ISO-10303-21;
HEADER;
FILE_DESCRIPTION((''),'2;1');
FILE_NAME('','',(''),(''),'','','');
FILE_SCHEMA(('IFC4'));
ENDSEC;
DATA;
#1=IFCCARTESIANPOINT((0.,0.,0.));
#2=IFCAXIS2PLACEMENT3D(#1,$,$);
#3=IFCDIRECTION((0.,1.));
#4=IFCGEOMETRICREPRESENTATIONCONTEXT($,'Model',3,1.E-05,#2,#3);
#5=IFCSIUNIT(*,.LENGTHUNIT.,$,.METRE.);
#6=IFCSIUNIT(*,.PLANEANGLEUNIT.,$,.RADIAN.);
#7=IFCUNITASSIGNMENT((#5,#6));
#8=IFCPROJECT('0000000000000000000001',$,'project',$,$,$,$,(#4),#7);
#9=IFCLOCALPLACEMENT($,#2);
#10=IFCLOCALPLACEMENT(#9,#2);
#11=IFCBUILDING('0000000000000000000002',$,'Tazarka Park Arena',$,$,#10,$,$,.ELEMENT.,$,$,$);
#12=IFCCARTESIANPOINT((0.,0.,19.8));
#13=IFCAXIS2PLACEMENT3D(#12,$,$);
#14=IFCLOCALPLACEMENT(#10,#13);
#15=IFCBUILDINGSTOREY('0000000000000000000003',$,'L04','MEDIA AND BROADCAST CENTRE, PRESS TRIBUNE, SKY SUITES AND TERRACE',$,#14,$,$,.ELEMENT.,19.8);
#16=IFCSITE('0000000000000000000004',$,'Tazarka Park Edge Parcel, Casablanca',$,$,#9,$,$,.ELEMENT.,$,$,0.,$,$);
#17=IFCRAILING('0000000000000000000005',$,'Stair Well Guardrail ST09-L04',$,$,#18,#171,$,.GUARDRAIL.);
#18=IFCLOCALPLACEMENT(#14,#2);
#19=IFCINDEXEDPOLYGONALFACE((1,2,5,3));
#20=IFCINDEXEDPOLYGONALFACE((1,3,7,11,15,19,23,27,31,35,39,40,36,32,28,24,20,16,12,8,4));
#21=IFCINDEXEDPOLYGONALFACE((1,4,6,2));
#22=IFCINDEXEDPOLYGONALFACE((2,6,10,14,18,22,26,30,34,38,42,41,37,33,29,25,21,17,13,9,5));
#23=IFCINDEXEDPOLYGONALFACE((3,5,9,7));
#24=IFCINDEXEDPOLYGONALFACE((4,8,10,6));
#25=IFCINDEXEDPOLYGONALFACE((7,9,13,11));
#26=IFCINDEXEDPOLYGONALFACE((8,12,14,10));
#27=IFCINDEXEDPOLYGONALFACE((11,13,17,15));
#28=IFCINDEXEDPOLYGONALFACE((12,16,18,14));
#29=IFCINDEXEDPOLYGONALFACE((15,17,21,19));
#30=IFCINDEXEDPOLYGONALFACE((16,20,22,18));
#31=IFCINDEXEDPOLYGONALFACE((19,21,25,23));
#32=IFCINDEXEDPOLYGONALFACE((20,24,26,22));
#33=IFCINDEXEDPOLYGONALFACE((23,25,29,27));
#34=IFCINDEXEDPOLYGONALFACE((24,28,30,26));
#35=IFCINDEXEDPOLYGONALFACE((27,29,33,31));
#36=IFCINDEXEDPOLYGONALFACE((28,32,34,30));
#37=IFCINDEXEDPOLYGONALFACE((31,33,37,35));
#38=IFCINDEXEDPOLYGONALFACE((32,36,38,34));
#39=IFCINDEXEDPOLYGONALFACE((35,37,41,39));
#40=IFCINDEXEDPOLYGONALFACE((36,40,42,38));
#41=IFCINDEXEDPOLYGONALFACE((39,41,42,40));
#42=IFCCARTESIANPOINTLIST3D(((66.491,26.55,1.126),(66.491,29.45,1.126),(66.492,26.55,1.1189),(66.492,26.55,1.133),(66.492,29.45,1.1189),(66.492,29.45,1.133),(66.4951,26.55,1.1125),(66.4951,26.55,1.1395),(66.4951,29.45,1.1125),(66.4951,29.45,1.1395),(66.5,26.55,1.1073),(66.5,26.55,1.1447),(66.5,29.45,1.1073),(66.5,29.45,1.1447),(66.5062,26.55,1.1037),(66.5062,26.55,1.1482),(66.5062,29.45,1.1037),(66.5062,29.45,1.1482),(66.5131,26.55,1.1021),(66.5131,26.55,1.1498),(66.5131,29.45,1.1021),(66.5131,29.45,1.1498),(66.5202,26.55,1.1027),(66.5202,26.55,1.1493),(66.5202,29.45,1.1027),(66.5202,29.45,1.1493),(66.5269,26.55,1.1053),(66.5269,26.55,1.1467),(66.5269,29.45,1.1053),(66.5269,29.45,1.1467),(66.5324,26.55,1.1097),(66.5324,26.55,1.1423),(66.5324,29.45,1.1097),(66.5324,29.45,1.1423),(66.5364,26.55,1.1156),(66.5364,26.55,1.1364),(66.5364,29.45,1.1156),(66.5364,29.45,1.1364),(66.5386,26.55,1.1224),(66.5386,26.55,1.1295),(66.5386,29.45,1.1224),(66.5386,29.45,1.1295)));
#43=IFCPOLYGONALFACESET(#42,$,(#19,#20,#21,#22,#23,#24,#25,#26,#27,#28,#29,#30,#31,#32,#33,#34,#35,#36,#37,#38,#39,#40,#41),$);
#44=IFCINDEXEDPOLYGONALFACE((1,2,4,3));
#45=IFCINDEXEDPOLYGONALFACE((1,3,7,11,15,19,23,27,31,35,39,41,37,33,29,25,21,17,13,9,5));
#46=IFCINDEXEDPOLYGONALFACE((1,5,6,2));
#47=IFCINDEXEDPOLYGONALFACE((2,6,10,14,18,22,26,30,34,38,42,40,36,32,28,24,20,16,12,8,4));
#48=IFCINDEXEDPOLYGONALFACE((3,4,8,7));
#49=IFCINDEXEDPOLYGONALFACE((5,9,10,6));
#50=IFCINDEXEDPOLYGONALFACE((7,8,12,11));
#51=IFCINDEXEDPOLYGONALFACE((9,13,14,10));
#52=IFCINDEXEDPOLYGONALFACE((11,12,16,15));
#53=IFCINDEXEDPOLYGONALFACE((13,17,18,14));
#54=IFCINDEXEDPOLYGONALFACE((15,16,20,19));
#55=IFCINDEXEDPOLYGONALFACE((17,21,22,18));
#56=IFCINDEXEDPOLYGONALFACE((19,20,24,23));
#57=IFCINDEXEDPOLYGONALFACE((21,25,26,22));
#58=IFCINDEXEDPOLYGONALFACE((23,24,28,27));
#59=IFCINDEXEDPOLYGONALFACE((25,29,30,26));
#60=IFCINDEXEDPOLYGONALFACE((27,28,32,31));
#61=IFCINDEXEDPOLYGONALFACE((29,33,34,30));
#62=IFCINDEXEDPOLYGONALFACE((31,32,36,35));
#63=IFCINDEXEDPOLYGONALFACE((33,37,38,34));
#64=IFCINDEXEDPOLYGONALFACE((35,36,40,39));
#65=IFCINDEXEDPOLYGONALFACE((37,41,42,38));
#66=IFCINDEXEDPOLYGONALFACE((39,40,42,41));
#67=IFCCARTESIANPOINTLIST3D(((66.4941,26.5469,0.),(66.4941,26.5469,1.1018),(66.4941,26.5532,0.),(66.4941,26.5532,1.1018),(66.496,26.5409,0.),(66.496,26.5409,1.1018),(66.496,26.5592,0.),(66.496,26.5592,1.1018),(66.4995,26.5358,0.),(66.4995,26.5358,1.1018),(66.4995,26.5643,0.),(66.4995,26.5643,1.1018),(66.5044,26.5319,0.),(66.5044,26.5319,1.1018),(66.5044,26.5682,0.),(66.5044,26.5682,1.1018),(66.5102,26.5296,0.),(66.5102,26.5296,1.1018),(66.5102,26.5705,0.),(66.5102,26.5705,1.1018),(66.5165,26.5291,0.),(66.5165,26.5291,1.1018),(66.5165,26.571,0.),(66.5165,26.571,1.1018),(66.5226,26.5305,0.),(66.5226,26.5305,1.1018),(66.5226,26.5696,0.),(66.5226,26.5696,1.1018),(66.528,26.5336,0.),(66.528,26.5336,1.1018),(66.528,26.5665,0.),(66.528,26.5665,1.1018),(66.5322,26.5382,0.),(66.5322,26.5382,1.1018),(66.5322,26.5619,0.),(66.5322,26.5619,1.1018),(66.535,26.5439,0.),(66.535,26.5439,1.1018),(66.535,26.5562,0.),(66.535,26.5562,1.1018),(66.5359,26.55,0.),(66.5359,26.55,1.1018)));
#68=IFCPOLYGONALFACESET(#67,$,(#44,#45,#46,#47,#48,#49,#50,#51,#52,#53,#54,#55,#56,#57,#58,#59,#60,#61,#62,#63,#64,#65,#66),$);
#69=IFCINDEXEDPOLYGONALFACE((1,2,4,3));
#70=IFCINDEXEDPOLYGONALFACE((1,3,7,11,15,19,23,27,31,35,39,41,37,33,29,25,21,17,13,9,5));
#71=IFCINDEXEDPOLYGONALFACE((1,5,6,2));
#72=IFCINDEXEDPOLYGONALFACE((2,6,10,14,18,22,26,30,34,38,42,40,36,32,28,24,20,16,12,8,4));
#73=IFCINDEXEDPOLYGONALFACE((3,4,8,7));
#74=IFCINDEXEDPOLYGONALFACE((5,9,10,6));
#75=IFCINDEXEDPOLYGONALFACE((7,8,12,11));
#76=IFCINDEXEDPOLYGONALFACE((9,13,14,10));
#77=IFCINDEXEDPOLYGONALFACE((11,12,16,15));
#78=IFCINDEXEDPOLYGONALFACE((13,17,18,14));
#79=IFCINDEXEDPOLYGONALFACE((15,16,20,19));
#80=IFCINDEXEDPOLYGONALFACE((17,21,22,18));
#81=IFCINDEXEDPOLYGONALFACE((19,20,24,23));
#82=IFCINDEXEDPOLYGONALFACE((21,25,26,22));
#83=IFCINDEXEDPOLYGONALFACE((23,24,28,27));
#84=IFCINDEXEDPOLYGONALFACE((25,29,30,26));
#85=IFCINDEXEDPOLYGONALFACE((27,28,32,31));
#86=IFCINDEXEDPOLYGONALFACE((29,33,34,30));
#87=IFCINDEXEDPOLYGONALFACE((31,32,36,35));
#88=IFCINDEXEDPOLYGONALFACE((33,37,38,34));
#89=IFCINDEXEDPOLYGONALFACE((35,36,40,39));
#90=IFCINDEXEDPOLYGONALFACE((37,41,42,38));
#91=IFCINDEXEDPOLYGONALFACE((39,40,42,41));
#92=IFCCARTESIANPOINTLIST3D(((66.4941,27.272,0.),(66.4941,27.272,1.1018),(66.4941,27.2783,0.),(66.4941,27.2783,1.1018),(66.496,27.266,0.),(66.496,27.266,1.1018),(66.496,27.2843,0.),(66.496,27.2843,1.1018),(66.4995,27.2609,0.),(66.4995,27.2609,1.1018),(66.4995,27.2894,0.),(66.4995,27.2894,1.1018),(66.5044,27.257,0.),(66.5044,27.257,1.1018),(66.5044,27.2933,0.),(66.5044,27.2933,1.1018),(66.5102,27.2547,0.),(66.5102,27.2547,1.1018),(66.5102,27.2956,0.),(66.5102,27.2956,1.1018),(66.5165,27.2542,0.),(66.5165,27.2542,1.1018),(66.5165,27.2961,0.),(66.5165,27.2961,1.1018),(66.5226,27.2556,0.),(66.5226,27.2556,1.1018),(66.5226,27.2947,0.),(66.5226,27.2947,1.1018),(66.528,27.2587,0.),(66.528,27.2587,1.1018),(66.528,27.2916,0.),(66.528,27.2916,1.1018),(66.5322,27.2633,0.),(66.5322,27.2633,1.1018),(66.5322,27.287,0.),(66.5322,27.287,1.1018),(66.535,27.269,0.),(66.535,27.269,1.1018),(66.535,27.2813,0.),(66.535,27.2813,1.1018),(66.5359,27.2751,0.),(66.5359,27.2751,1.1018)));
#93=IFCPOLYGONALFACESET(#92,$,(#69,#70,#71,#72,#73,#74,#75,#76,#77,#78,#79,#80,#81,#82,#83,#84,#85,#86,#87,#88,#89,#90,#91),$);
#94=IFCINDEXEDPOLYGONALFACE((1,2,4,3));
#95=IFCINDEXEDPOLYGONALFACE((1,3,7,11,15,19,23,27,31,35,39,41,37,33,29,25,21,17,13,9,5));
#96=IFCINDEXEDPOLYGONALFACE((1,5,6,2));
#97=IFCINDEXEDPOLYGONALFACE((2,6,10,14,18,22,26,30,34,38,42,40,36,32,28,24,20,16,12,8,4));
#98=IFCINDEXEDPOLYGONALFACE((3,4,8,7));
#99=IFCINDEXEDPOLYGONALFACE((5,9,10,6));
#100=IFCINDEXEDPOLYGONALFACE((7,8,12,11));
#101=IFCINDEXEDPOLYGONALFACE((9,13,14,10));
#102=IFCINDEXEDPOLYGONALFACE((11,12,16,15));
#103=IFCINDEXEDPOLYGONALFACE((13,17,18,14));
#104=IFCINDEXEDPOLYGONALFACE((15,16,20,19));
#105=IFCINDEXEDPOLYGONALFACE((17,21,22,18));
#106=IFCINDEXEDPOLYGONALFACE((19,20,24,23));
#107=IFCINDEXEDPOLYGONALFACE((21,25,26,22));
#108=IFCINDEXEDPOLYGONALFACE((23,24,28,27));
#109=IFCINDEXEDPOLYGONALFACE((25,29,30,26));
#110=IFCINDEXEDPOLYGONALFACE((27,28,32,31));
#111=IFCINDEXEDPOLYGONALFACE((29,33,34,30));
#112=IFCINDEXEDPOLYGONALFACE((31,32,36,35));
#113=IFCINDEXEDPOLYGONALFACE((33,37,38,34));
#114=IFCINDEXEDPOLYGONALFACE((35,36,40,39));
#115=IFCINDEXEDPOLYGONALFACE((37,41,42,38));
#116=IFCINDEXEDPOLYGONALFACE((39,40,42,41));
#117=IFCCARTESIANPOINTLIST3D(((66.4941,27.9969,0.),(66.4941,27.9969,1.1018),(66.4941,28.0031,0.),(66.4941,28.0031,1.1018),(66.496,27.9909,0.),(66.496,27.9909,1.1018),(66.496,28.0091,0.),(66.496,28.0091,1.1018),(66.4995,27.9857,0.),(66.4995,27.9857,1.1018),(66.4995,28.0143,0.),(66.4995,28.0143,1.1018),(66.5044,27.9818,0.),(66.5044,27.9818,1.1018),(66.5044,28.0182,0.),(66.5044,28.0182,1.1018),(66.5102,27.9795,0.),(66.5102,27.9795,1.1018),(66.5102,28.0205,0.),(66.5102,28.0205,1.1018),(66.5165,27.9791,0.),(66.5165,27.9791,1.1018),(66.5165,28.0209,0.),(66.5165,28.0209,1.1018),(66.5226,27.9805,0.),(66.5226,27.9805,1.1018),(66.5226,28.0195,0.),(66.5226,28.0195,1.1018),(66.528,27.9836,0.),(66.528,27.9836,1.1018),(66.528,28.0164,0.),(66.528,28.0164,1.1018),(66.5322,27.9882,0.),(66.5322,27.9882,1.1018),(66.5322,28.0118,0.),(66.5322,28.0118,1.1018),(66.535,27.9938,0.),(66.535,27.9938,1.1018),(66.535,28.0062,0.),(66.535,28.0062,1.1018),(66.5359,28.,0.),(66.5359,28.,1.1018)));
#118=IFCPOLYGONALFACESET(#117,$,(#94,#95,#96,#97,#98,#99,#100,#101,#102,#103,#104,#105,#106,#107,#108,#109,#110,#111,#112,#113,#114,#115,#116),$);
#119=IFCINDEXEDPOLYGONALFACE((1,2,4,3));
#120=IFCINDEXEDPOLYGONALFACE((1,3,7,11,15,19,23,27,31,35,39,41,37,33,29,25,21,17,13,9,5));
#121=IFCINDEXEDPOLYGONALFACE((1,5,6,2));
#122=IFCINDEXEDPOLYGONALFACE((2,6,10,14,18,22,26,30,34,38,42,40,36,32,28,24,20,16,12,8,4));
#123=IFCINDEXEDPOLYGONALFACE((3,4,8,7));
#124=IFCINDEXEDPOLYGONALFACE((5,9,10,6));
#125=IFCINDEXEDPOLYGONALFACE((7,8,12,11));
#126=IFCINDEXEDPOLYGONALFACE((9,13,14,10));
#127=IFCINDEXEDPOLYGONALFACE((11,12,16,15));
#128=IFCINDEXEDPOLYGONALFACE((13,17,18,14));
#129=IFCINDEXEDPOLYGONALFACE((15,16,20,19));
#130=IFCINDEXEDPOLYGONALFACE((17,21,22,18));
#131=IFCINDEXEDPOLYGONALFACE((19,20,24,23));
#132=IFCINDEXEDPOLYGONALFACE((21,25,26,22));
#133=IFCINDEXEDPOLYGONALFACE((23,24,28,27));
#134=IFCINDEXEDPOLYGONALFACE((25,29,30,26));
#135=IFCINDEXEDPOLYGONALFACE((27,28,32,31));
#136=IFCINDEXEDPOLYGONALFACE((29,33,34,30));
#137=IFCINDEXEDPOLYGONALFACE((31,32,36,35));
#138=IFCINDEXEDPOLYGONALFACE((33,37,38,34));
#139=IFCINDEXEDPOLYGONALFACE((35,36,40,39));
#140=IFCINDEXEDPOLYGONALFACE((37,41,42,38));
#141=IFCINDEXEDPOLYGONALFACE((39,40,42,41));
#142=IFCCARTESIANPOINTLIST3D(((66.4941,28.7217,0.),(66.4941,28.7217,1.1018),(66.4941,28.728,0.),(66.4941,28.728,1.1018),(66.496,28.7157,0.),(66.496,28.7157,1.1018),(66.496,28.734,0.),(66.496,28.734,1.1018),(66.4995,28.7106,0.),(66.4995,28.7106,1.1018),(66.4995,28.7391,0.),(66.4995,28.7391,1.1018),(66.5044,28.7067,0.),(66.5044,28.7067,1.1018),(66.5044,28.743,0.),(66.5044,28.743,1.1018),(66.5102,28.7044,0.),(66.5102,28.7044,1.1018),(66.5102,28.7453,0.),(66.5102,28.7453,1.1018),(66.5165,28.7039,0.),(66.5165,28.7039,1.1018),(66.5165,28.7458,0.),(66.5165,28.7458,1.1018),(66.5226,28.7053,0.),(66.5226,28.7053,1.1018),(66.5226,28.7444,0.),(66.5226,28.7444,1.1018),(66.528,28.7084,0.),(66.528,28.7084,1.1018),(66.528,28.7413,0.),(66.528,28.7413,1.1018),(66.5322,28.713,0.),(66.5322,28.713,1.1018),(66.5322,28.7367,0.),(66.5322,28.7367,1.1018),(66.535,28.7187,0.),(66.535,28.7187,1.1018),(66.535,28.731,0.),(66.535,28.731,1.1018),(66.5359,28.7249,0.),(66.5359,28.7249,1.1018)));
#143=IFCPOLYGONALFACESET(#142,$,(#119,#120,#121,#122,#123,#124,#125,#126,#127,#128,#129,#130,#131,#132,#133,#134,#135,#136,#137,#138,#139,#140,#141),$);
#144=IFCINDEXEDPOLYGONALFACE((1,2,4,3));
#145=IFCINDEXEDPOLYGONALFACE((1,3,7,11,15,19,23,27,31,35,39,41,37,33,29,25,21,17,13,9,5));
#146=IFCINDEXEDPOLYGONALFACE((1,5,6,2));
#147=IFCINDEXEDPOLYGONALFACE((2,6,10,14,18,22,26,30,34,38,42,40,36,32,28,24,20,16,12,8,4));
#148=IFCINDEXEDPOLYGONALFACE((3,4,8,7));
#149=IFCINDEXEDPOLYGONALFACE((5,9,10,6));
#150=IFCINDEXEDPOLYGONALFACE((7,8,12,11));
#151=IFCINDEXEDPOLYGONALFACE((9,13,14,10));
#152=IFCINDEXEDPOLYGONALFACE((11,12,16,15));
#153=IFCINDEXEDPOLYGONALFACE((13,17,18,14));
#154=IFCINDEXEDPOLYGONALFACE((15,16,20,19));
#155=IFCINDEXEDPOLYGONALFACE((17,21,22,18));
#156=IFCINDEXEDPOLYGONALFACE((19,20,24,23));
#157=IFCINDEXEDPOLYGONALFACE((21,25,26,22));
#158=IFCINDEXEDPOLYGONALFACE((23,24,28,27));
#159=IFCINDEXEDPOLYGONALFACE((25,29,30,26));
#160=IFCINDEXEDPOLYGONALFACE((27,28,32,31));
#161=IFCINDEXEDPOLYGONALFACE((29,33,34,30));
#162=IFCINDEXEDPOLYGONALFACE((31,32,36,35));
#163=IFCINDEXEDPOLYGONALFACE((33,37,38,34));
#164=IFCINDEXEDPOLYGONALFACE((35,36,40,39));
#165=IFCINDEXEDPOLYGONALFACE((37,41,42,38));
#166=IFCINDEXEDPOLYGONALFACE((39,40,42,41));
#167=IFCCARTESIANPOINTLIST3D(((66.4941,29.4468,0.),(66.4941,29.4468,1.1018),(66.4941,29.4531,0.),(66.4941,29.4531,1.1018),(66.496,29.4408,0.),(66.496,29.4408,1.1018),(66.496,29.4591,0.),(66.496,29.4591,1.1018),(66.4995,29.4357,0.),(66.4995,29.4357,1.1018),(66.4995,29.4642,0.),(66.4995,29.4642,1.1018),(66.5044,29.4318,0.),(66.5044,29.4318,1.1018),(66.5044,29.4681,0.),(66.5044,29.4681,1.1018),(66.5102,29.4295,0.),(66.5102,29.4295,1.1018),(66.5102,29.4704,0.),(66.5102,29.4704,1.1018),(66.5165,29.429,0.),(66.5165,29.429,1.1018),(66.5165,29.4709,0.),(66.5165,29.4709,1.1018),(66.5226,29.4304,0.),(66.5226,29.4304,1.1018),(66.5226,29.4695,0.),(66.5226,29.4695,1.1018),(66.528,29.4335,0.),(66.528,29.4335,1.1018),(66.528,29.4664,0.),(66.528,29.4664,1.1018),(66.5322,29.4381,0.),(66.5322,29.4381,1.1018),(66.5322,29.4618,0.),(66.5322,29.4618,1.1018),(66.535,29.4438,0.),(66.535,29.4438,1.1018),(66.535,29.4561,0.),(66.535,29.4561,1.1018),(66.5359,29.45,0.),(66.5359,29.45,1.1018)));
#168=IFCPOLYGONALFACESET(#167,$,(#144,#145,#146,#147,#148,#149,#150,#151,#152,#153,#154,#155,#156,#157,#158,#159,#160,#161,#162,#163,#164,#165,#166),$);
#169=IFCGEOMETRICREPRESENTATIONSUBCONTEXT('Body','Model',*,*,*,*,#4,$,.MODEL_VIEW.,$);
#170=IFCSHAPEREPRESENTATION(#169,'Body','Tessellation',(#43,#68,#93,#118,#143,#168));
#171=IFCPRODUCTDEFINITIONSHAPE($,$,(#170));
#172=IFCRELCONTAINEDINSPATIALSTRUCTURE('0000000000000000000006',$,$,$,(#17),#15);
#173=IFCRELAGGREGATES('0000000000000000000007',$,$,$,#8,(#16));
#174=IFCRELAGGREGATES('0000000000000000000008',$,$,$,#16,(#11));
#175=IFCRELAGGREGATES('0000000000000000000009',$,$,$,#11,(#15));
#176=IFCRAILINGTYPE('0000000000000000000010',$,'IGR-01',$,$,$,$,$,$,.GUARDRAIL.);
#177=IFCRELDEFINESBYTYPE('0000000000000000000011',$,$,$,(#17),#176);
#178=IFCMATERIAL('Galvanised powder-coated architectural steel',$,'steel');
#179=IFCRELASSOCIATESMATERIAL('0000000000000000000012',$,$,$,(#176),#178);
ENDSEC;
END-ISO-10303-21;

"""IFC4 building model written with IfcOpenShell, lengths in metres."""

from ifc_helpers import new_model, si_unit, direction, frame, origin, origin_2d, place, context, subcontext, project, spatial, circle, extrude, material, type_object, element, save


model = new_model("IFC4")

# Units and contexts
model_context = context("Model", 3, precision=1e-05, world=origin(), true_north=direction((0.0, 1.0)))
body_context = subcontext(model_context, "Body", "Model", "MODEL_VIEW")
ifc_project = project(units=[si_unit("LENGTHUNIT", "METRE"), si_unit("PLANEANGLEUNIT", "RADIAN")], contexts=[model_context])

# Site, building, storey
site_placement = place(None, origin())
site = spatial("IfcSite", under=ifc_project, at=site_placement, Name="Tazarka Park Edge Parcel, Casablanca", CompositionType="ELEMENT", RefElevation=0.0)
building_placement = place(site_placement, origin())
building = spatial("IfcBuilding", under=site, at=building_placement, Name="Tazarka Park Arena", CompositionType="ELEMENT")
storey_placement = place(building_placement, frame((0.0, 0.0, 19.8)))
storey = spatial("IfcBuildingStorey", under=building, at=storey_placement, Name="L04", Description="MEDIA AND BROADCAST CENTRE, PRESS TRIBUNE, SKY SUITES AND TERRACE", CompositionType="ELEMENT", Elevation=19.8)

# Railing
ifc_material_1 = material(Name="Galvanised powder-coated architectural steel", Category="steel")
railing_type_1 = type_object("IfcRailingType", Name="IGR-01", PredefinedType="GUARDRAIL", material=ifc_material_1)
for number, where, name in (
    (1, (66.5149, 26.55, 0.0), "Stair Well Guardrail ST09-L04"),
):
    element("IfcRailing", number, at=place(storey_placement, frame(where)), inside=storey, type_object=railing_type_1, Name=name, PredefinedType="GUARDRAIL", context=body_context, shape_type="SweptSolid", body=[
        extrude(circle(Radius=0.0239, at=origin_2d()), frame((0.0, 0.0, 1.126), z_axis=(0.0, 1.0, 0.0), x_axis=(-1.0, 0.0, 0.0)), (0.0, 0.0, 1.0), 2.8999),
        extrude(circle(Radius=0.021, at=origin_2d()), origin(), (0.0, 0.0, 1.0), 1.1018),
        extrude(circle(Radius=0.021, at=origin_2d()), frame((0.0, 0.7251, 0.0)), (0.0, 0.0, 1.0), 1.1018),
        extrude(circle(Radius=0.021, at=origin_2d()), frame((0.0, 1.45, 0.0)), (0.0, 0.0, 1.0), 1.1018),
        extrude(circle(Radius=0.021, at=origin_2d()), frame((0.0, 2.1748, 0.0)), (0.0, 0.0, 1.0), 1.1018),
        extrude(circle(Radius=0.021, at=origin_2d()), frame((0.0, 2.8999, 0.0)), (0.0, 0.0, 1.0), 1.1018),
    ])

save(model, "model.ifc")
